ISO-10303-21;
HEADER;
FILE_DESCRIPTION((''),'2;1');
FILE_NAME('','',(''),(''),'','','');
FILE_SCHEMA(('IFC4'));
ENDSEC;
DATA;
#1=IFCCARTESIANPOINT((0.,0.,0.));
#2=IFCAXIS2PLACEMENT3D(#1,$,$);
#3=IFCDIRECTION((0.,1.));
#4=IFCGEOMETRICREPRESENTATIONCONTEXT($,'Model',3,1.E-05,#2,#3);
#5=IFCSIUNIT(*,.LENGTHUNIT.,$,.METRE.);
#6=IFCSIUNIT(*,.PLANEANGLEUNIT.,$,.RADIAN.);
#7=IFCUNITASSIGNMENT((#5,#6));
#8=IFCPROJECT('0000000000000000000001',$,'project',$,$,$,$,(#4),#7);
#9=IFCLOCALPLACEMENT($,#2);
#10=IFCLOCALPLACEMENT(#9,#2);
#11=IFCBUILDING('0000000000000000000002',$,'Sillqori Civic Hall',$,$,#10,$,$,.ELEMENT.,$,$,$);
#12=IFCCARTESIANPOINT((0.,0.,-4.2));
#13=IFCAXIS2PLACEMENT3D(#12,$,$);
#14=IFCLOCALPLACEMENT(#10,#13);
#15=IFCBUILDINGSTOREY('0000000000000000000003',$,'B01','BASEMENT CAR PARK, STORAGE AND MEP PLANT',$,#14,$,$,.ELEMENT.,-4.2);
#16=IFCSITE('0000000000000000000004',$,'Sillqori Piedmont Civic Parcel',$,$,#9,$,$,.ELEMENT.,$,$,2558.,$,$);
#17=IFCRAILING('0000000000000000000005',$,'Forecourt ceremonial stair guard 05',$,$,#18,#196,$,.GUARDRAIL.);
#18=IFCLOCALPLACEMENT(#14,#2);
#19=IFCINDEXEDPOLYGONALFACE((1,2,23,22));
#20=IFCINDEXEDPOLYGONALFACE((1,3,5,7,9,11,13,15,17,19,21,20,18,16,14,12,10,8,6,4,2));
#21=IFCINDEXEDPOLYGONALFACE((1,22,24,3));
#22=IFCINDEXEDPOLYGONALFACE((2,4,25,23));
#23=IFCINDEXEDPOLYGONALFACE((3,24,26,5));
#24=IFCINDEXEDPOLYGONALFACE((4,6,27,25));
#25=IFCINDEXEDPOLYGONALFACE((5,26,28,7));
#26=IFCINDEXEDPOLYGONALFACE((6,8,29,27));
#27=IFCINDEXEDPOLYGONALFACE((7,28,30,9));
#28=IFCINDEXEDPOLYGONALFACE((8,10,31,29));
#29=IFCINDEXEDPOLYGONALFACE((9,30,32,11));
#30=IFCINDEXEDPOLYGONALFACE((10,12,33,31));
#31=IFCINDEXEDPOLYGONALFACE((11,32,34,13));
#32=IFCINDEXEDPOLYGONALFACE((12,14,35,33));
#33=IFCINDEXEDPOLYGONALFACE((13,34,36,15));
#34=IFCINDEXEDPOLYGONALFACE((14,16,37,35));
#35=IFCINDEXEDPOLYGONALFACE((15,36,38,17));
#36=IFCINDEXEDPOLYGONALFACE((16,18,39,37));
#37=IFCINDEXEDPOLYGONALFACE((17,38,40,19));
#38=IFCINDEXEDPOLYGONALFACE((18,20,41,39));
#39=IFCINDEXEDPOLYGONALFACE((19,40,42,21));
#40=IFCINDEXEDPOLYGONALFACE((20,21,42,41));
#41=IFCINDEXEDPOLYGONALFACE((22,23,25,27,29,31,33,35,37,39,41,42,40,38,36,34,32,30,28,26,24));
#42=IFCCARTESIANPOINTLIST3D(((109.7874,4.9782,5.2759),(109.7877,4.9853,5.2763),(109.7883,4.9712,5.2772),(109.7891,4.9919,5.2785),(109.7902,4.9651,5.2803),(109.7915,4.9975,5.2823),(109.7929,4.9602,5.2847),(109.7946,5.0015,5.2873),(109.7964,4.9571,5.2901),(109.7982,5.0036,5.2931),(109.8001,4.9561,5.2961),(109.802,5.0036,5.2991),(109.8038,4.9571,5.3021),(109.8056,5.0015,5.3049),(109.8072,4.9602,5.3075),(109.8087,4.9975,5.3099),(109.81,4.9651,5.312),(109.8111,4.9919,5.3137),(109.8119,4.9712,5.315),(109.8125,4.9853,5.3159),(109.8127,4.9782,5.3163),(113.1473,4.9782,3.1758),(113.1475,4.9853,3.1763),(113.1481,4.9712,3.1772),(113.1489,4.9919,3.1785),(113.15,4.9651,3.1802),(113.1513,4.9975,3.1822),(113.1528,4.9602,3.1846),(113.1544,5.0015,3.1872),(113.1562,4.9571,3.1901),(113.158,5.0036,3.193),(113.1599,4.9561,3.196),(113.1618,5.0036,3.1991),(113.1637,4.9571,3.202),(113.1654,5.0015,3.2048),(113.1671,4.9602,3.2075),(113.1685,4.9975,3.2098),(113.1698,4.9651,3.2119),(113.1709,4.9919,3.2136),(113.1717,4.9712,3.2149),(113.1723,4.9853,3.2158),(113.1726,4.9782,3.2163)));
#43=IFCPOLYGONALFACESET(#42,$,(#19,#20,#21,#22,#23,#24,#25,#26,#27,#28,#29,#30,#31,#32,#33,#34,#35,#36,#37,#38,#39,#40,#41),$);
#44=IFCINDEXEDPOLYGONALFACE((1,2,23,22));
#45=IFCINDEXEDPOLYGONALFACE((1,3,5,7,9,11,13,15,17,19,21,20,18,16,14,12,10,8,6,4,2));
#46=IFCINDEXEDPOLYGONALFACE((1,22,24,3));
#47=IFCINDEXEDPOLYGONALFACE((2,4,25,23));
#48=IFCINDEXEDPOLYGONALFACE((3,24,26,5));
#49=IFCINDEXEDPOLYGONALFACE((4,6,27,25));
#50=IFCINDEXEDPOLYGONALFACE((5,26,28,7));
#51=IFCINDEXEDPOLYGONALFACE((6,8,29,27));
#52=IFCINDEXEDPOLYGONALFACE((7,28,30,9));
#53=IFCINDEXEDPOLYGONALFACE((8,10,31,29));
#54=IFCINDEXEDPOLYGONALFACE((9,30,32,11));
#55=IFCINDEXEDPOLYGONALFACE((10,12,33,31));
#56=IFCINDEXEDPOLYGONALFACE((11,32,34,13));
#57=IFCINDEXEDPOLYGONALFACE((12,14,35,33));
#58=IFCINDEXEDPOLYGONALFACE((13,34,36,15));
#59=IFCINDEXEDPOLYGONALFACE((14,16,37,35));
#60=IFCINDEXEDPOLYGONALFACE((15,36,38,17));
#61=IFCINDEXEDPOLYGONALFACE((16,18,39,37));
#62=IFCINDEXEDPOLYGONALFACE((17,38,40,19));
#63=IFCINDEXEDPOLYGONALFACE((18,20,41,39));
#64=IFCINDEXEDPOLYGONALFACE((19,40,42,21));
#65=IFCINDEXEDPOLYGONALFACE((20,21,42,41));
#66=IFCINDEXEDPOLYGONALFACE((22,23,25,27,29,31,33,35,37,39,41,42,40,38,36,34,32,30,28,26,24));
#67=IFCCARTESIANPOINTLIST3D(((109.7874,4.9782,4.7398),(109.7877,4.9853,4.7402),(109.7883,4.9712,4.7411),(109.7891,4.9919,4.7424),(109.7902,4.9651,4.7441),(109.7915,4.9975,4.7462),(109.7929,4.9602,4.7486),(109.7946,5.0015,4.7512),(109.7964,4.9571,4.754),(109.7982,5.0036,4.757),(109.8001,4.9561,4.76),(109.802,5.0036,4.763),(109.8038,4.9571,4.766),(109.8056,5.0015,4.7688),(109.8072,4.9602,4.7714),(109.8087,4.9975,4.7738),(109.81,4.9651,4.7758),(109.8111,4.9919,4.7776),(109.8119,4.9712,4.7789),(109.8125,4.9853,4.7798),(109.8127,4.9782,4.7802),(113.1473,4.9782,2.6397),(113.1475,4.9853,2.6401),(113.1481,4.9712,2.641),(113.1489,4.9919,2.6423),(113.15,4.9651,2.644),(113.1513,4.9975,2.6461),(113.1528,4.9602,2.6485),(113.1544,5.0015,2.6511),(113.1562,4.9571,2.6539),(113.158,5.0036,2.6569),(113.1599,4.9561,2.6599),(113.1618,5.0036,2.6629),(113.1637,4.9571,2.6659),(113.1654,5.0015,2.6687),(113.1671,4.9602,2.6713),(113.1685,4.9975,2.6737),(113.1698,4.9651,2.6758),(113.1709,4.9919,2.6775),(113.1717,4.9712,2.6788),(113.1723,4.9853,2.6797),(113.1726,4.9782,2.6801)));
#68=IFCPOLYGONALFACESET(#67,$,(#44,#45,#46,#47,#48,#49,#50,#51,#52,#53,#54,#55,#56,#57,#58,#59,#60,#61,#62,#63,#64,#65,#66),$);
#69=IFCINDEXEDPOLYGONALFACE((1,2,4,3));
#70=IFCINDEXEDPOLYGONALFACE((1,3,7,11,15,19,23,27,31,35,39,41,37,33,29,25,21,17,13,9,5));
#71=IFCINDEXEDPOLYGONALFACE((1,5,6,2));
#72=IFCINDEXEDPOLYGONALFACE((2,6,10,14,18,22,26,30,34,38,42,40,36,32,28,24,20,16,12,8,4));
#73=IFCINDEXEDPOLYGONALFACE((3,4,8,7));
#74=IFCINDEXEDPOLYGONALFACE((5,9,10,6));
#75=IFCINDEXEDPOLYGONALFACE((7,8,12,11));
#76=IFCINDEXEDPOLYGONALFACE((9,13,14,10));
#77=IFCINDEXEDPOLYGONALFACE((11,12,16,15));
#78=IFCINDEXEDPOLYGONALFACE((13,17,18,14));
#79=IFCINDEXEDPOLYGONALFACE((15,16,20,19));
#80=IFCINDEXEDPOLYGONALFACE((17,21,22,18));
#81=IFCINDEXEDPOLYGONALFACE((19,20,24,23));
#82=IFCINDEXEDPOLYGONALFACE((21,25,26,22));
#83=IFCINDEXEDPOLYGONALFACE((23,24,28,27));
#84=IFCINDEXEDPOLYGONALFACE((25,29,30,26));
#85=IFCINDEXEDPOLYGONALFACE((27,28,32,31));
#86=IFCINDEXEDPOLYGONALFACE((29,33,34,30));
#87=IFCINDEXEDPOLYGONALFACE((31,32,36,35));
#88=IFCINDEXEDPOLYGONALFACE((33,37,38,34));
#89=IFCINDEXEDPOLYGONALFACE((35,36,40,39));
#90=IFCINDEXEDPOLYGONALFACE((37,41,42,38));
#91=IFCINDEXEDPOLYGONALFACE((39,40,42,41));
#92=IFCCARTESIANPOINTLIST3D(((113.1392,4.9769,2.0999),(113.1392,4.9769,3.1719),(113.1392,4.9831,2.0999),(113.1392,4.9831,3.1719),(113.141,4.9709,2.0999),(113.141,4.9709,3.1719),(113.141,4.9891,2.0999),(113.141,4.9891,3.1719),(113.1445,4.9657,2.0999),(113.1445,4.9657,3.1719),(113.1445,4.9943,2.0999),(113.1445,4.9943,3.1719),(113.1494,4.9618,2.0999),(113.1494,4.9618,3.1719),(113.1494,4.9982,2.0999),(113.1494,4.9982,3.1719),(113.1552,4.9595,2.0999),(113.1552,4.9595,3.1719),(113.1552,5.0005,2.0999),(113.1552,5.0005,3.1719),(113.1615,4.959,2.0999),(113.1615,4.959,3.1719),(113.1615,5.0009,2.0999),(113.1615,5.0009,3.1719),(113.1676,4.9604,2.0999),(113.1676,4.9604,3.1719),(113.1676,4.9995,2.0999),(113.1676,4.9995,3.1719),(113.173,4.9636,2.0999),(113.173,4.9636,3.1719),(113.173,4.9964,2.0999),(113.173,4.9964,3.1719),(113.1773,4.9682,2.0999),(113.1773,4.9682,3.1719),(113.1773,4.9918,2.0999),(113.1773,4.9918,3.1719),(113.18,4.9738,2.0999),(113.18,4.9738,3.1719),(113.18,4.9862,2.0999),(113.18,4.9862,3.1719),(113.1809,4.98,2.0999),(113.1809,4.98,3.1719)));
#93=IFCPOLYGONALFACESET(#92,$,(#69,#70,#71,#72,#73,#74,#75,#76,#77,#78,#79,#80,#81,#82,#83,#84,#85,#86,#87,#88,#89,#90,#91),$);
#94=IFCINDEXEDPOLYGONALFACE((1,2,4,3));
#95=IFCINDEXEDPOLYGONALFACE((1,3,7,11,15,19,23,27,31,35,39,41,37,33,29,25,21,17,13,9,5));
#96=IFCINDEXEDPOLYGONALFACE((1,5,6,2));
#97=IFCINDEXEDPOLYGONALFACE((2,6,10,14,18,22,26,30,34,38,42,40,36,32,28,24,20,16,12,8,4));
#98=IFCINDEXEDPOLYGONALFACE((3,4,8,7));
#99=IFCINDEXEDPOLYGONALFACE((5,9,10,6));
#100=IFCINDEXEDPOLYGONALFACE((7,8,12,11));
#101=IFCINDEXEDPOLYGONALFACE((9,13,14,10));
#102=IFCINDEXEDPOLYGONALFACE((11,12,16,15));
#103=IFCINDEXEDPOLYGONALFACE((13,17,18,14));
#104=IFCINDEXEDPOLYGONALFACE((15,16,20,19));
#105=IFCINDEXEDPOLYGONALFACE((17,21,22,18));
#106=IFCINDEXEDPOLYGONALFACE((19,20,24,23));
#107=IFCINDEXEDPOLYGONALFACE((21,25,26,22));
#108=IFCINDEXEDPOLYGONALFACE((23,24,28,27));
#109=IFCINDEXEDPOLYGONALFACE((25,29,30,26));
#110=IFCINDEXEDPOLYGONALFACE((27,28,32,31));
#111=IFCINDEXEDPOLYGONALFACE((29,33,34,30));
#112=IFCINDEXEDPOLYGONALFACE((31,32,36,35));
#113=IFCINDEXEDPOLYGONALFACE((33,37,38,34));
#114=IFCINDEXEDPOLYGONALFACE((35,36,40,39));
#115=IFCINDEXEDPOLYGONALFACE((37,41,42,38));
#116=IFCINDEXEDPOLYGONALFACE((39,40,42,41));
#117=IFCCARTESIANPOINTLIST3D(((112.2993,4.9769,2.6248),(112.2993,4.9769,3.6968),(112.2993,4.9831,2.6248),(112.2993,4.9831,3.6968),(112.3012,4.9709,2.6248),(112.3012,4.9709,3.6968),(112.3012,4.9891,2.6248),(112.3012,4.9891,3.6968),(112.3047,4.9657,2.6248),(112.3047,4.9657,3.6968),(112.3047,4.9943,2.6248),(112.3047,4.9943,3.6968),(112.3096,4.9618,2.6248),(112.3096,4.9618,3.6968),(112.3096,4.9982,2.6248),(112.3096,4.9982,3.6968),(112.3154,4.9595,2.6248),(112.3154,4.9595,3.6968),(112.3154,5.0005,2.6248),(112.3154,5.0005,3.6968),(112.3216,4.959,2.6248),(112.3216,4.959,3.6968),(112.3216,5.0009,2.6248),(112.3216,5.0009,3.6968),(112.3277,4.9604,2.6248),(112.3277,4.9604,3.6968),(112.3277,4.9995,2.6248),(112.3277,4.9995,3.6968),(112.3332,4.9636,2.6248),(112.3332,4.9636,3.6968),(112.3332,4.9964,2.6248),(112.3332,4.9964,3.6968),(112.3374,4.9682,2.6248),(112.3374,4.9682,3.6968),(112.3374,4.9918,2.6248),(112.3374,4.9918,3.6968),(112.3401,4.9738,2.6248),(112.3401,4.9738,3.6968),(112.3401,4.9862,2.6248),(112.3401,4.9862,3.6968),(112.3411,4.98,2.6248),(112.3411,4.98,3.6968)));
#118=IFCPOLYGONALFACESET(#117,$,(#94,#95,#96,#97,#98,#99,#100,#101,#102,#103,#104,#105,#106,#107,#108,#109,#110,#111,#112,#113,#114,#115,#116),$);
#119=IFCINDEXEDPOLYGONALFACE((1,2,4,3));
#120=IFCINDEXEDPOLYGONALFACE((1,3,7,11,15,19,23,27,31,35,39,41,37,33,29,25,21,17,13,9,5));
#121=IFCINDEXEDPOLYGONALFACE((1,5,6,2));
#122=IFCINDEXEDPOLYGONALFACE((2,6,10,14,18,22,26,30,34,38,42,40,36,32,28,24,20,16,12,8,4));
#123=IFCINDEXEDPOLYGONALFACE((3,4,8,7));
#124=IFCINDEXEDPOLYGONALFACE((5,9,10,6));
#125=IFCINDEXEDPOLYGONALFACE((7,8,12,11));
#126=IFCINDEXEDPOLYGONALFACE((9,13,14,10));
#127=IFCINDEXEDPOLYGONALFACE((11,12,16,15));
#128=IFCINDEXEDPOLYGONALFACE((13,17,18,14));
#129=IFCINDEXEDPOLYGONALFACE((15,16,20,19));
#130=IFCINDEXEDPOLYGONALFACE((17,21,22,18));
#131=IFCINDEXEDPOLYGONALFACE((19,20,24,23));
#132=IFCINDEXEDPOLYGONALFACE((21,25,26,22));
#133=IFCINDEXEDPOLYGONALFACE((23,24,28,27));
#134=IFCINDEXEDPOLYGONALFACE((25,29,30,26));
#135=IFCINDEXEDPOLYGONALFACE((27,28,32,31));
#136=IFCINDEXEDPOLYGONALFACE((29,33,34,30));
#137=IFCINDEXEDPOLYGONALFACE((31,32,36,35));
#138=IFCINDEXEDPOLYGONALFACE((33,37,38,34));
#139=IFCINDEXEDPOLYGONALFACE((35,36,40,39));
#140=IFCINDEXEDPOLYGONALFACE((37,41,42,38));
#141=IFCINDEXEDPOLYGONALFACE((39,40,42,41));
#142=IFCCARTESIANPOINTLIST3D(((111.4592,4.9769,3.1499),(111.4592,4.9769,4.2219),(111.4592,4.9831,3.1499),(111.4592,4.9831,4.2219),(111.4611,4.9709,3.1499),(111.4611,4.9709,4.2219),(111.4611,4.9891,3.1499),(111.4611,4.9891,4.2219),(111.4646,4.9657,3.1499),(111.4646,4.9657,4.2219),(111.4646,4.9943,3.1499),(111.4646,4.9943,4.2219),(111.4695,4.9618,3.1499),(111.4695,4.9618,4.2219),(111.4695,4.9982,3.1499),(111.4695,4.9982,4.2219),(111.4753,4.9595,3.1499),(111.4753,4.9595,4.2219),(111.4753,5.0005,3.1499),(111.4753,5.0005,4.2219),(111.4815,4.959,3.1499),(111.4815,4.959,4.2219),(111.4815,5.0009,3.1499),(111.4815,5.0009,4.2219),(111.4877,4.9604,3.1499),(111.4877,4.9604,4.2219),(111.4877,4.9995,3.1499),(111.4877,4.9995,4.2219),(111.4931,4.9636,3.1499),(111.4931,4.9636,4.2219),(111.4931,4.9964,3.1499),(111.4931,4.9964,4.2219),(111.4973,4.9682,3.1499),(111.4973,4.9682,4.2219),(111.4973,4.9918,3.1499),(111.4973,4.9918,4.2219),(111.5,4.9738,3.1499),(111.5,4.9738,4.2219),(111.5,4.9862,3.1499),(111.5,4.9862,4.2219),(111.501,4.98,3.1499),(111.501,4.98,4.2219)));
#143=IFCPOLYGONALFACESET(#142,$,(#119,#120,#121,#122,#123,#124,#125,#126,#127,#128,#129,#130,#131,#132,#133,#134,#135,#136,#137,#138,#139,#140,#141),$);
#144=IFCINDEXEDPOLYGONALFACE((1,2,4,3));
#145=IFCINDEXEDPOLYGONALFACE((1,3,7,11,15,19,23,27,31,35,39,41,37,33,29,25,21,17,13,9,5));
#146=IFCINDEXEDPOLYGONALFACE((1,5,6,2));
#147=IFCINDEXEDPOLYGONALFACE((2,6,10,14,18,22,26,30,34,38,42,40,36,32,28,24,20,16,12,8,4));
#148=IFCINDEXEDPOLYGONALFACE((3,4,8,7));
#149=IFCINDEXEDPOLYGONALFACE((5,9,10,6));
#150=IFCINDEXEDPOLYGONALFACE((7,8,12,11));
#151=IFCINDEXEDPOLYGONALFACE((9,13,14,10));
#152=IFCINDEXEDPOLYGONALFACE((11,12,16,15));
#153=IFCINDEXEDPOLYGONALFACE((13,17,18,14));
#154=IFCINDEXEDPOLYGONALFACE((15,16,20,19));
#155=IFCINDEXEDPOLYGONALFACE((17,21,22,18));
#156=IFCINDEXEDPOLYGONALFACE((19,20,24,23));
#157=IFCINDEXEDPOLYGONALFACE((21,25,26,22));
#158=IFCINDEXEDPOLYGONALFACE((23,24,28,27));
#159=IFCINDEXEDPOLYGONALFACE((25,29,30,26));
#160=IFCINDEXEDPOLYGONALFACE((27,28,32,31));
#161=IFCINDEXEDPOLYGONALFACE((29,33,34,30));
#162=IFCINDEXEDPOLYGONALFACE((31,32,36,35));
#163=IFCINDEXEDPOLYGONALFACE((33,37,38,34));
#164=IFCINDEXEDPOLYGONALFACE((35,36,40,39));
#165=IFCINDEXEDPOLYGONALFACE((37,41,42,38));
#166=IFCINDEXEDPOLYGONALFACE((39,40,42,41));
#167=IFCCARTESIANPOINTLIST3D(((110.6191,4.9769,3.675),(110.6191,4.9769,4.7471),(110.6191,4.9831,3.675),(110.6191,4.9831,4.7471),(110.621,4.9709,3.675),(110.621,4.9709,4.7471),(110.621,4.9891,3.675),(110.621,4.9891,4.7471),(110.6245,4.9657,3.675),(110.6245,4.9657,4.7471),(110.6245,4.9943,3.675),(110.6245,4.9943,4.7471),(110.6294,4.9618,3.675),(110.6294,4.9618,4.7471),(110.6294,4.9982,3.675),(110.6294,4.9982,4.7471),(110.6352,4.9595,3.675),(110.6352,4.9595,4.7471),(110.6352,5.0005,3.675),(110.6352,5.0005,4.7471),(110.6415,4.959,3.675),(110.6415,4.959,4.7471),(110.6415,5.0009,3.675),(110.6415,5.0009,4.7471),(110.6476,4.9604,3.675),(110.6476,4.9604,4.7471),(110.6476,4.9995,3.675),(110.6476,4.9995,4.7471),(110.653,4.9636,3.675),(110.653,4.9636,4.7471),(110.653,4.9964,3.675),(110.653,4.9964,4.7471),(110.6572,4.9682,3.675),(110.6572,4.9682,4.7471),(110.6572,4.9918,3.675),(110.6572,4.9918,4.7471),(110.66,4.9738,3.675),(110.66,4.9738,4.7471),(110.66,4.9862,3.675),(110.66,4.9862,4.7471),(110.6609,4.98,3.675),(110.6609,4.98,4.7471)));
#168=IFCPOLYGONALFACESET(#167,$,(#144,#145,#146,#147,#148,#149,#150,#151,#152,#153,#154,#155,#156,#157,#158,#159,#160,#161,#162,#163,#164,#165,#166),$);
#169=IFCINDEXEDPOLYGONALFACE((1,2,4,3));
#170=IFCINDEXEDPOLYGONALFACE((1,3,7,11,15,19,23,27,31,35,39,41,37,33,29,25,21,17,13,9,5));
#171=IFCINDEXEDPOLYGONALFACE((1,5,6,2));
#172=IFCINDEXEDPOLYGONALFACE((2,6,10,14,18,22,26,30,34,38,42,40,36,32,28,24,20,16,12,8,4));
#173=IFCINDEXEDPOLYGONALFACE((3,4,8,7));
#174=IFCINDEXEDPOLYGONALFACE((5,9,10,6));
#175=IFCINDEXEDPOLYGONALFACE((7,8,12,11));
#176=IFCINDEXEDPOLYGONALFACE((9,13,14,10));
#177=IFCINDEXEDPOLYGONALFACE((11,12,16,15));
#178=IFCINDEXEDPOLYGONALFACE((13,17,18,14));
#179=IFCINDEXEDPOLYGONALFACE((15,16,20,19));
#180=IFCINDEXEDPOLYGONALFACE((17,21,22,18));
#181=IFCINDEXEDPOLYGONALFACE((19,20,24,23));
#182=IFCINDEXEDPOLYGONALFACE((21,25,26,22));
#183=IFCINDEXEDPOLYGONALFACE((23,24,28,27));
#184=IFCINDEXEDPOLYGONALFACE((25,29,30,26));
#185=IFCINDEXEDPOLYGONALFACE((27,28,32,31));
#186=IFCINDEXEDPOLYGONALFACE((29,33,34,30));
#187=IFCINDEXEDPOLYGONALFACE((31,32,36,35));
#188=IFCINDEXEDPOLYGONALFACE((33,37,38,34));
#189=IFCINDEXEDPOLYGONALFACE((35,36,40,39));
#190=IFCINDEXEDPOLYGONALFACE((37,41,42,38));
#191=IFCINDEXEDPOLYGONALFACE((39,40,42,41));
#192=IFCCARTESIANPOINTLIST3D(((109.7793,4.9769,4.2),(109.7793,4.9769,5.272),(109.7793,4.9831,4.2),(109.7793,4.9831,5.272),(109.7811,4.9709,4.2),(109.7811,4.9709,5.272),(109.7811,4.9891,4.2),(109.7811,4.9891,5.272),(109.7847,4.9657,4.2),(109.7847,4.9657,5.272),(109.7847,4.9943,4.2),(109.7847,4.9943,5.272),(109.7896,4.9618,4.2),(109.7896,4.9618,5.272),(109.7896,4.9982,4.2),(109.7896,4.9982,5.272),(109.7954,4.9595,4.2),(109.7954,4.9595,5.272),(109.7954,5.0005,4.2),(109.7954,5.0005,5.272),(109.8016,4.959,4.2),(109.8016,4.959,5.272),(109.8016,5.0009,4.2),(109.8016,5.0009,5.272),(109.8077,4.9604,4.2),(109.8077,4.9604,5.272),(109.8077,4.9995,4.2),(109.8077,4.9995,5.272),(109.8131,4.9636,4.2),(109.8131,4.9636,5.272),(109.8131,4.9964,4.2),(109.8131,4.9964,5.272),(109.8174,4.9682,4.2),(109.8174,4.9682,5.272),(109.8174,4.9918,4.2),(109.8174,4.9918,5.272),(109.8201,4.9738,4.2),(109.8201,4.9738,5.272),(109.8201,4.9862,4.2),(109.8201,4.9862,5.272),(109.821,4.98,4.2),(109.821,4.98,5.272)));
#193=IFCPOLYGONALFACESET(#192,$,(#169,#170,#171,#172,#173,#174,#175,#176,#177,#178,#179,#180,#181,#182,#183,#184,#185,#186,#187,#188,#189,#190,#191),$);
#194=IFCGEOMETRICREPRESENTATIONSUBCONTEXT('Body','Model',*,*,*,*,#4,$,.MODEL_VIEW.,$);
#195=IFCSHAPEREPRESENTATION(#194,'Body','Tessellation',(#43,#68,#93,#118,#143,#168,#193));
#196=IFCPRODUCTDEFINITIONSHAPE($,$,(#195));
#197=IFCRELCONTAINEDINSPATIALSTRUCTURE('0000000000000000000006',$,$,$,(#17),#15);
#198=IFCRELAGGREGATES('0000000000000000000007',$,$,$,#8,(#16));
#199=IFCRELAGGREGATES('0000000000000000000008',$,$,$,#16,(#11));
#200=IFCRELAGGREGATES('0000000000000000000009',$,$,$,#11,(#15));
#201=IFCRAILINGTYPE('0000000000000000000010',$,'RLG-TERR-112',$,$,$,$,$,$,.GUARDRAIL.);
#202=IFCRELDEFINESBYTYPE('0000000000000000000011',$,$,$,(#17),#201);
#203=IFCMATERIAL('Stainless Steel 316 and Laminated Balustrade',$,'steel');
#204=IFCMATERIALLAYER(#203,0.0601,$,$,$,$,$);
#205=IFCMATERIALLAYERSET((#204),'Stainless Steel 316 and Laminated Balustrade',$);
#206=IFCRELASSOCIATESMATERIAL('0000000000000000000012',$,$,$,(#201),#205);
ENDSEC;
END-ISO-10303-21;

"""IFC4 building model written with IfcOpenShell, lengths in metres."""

from ifc_helpers import new_model, si_unit, direction, frame, origin, origin_2d, place, context, subcontext, project, spatial, circle, extrude, material, layer, layer_set, type_object, element, save


model = new_model("IFC4")

# Units and contexts
model_context = context("Model", 3, precision=1e-05, world=origin(), true_north=direction((0.0, 1.0)))
body_context = subcontext(model_context, "Body", "Model", "MODEL_VIEW")
ifc_project = project(units=[si_unit("LENGTHUNIT", "METRE"), si_unit("PLANEANGLEUNIT", "RADIAN")], contexts=[model_context])

# Site, building, storey
site_placement = place(None, origin())
site = spatial("IfcSite", under=ifc_project, at=site_placement, Name="Sillqori Piedmont Civic Parcel", CompositionType="ELEMENT", RefElevation=2558.0)
building_placement = place(site_placement, origin())
building = spatial("IfcBuilding", under=site, at=building_placement, Name="Sillqori Civic Hall", CompositionType="ELEMENT")
storey_placement = place(building_placement, frame((0.0, 0.0, -4.2)))
storey = spatial("IfcBuildingStorey", under=building, at=storey_placement, Name="B01", Description="BASEMENT CAR PARK, STORAGE AND MEP PLANT", CompositionType="ELEMENT", Elevation=-4.2)

# Railing
ifc_material_1 = material(Name="Stainless Steel 316 and Laminated Balustrade", Category="steel")
ifc_layer_1 = layer(ifc_material_1, 0.0601)
ifc_layer_set_1 = layer_set([ifc_layer_1], Name="Stainless Steel 316 and Laminated Balustrade")
railing_type = type_object("IfcRailingType", Name="RLG-TERR-112", PredefinedType="GUARDRAIL", material=ifc_layer_set_1)
for number, where, name in (
    (1, (113.1599, 4.98, 2.0999), "Forecourt ceremonial stair guard 05"),
):
    element("IfcRailing", number, at=place(storey_placement, frame(where)), inside=storey, type_object=railing_type, Name=name, PredefinedType="GUARDRAIL", context=body_context, shape_type="SweptSolid", body=[
        extrude(circle(Radius=0.0239, at=origin_2d()), frame((0.0, 0.0, 1.0962), z_axis=(-0.847978, 0.0, 0.530032), x_axis=(0.0, -1.0, 0.0)), (0.0, 0.0, 1.0), 3.9622),
        extrude(circle(Radius=0.0239, at=origin_2d()), frame((0.0, 0.0, 0.5601), z_axis=(-0.847978, 0.0, 0.530032), x_axis=(0.0, -1.0, 0.0)), (0.0, 0.0, 1.0), 3.9622),
        extrude(circle(Radius=0.021, at=origin_2d()), origin(), (0.0, 0.0, 1.0), 1.072),
        extrude(circle(Radius=0.021, at=origin_2d()), frame((-0.8398, 0.0, 0.5249)), (0.0, 0.0, 1.0), 1.072),
        extrude(circle(Radius=0.021, at=origin_2d()), frame((-1.6799, 0.0, 1.05)), (0.0, 0.0, 1.0), 1.072),
        extrude(circle(Radius=0.021, at=origin_2d()), frame((-2.52, 0.0, 1.5752)), (0.0, 0.0, 1.0), 1.072),
        extrude(circle(Radius=0.021, at=origin_2d()), frame((-3.3599, 0.0, 2.1001)), (0.0, 0.0, 1.0), 1.072),
    ])

save(model, "model.ifc")
